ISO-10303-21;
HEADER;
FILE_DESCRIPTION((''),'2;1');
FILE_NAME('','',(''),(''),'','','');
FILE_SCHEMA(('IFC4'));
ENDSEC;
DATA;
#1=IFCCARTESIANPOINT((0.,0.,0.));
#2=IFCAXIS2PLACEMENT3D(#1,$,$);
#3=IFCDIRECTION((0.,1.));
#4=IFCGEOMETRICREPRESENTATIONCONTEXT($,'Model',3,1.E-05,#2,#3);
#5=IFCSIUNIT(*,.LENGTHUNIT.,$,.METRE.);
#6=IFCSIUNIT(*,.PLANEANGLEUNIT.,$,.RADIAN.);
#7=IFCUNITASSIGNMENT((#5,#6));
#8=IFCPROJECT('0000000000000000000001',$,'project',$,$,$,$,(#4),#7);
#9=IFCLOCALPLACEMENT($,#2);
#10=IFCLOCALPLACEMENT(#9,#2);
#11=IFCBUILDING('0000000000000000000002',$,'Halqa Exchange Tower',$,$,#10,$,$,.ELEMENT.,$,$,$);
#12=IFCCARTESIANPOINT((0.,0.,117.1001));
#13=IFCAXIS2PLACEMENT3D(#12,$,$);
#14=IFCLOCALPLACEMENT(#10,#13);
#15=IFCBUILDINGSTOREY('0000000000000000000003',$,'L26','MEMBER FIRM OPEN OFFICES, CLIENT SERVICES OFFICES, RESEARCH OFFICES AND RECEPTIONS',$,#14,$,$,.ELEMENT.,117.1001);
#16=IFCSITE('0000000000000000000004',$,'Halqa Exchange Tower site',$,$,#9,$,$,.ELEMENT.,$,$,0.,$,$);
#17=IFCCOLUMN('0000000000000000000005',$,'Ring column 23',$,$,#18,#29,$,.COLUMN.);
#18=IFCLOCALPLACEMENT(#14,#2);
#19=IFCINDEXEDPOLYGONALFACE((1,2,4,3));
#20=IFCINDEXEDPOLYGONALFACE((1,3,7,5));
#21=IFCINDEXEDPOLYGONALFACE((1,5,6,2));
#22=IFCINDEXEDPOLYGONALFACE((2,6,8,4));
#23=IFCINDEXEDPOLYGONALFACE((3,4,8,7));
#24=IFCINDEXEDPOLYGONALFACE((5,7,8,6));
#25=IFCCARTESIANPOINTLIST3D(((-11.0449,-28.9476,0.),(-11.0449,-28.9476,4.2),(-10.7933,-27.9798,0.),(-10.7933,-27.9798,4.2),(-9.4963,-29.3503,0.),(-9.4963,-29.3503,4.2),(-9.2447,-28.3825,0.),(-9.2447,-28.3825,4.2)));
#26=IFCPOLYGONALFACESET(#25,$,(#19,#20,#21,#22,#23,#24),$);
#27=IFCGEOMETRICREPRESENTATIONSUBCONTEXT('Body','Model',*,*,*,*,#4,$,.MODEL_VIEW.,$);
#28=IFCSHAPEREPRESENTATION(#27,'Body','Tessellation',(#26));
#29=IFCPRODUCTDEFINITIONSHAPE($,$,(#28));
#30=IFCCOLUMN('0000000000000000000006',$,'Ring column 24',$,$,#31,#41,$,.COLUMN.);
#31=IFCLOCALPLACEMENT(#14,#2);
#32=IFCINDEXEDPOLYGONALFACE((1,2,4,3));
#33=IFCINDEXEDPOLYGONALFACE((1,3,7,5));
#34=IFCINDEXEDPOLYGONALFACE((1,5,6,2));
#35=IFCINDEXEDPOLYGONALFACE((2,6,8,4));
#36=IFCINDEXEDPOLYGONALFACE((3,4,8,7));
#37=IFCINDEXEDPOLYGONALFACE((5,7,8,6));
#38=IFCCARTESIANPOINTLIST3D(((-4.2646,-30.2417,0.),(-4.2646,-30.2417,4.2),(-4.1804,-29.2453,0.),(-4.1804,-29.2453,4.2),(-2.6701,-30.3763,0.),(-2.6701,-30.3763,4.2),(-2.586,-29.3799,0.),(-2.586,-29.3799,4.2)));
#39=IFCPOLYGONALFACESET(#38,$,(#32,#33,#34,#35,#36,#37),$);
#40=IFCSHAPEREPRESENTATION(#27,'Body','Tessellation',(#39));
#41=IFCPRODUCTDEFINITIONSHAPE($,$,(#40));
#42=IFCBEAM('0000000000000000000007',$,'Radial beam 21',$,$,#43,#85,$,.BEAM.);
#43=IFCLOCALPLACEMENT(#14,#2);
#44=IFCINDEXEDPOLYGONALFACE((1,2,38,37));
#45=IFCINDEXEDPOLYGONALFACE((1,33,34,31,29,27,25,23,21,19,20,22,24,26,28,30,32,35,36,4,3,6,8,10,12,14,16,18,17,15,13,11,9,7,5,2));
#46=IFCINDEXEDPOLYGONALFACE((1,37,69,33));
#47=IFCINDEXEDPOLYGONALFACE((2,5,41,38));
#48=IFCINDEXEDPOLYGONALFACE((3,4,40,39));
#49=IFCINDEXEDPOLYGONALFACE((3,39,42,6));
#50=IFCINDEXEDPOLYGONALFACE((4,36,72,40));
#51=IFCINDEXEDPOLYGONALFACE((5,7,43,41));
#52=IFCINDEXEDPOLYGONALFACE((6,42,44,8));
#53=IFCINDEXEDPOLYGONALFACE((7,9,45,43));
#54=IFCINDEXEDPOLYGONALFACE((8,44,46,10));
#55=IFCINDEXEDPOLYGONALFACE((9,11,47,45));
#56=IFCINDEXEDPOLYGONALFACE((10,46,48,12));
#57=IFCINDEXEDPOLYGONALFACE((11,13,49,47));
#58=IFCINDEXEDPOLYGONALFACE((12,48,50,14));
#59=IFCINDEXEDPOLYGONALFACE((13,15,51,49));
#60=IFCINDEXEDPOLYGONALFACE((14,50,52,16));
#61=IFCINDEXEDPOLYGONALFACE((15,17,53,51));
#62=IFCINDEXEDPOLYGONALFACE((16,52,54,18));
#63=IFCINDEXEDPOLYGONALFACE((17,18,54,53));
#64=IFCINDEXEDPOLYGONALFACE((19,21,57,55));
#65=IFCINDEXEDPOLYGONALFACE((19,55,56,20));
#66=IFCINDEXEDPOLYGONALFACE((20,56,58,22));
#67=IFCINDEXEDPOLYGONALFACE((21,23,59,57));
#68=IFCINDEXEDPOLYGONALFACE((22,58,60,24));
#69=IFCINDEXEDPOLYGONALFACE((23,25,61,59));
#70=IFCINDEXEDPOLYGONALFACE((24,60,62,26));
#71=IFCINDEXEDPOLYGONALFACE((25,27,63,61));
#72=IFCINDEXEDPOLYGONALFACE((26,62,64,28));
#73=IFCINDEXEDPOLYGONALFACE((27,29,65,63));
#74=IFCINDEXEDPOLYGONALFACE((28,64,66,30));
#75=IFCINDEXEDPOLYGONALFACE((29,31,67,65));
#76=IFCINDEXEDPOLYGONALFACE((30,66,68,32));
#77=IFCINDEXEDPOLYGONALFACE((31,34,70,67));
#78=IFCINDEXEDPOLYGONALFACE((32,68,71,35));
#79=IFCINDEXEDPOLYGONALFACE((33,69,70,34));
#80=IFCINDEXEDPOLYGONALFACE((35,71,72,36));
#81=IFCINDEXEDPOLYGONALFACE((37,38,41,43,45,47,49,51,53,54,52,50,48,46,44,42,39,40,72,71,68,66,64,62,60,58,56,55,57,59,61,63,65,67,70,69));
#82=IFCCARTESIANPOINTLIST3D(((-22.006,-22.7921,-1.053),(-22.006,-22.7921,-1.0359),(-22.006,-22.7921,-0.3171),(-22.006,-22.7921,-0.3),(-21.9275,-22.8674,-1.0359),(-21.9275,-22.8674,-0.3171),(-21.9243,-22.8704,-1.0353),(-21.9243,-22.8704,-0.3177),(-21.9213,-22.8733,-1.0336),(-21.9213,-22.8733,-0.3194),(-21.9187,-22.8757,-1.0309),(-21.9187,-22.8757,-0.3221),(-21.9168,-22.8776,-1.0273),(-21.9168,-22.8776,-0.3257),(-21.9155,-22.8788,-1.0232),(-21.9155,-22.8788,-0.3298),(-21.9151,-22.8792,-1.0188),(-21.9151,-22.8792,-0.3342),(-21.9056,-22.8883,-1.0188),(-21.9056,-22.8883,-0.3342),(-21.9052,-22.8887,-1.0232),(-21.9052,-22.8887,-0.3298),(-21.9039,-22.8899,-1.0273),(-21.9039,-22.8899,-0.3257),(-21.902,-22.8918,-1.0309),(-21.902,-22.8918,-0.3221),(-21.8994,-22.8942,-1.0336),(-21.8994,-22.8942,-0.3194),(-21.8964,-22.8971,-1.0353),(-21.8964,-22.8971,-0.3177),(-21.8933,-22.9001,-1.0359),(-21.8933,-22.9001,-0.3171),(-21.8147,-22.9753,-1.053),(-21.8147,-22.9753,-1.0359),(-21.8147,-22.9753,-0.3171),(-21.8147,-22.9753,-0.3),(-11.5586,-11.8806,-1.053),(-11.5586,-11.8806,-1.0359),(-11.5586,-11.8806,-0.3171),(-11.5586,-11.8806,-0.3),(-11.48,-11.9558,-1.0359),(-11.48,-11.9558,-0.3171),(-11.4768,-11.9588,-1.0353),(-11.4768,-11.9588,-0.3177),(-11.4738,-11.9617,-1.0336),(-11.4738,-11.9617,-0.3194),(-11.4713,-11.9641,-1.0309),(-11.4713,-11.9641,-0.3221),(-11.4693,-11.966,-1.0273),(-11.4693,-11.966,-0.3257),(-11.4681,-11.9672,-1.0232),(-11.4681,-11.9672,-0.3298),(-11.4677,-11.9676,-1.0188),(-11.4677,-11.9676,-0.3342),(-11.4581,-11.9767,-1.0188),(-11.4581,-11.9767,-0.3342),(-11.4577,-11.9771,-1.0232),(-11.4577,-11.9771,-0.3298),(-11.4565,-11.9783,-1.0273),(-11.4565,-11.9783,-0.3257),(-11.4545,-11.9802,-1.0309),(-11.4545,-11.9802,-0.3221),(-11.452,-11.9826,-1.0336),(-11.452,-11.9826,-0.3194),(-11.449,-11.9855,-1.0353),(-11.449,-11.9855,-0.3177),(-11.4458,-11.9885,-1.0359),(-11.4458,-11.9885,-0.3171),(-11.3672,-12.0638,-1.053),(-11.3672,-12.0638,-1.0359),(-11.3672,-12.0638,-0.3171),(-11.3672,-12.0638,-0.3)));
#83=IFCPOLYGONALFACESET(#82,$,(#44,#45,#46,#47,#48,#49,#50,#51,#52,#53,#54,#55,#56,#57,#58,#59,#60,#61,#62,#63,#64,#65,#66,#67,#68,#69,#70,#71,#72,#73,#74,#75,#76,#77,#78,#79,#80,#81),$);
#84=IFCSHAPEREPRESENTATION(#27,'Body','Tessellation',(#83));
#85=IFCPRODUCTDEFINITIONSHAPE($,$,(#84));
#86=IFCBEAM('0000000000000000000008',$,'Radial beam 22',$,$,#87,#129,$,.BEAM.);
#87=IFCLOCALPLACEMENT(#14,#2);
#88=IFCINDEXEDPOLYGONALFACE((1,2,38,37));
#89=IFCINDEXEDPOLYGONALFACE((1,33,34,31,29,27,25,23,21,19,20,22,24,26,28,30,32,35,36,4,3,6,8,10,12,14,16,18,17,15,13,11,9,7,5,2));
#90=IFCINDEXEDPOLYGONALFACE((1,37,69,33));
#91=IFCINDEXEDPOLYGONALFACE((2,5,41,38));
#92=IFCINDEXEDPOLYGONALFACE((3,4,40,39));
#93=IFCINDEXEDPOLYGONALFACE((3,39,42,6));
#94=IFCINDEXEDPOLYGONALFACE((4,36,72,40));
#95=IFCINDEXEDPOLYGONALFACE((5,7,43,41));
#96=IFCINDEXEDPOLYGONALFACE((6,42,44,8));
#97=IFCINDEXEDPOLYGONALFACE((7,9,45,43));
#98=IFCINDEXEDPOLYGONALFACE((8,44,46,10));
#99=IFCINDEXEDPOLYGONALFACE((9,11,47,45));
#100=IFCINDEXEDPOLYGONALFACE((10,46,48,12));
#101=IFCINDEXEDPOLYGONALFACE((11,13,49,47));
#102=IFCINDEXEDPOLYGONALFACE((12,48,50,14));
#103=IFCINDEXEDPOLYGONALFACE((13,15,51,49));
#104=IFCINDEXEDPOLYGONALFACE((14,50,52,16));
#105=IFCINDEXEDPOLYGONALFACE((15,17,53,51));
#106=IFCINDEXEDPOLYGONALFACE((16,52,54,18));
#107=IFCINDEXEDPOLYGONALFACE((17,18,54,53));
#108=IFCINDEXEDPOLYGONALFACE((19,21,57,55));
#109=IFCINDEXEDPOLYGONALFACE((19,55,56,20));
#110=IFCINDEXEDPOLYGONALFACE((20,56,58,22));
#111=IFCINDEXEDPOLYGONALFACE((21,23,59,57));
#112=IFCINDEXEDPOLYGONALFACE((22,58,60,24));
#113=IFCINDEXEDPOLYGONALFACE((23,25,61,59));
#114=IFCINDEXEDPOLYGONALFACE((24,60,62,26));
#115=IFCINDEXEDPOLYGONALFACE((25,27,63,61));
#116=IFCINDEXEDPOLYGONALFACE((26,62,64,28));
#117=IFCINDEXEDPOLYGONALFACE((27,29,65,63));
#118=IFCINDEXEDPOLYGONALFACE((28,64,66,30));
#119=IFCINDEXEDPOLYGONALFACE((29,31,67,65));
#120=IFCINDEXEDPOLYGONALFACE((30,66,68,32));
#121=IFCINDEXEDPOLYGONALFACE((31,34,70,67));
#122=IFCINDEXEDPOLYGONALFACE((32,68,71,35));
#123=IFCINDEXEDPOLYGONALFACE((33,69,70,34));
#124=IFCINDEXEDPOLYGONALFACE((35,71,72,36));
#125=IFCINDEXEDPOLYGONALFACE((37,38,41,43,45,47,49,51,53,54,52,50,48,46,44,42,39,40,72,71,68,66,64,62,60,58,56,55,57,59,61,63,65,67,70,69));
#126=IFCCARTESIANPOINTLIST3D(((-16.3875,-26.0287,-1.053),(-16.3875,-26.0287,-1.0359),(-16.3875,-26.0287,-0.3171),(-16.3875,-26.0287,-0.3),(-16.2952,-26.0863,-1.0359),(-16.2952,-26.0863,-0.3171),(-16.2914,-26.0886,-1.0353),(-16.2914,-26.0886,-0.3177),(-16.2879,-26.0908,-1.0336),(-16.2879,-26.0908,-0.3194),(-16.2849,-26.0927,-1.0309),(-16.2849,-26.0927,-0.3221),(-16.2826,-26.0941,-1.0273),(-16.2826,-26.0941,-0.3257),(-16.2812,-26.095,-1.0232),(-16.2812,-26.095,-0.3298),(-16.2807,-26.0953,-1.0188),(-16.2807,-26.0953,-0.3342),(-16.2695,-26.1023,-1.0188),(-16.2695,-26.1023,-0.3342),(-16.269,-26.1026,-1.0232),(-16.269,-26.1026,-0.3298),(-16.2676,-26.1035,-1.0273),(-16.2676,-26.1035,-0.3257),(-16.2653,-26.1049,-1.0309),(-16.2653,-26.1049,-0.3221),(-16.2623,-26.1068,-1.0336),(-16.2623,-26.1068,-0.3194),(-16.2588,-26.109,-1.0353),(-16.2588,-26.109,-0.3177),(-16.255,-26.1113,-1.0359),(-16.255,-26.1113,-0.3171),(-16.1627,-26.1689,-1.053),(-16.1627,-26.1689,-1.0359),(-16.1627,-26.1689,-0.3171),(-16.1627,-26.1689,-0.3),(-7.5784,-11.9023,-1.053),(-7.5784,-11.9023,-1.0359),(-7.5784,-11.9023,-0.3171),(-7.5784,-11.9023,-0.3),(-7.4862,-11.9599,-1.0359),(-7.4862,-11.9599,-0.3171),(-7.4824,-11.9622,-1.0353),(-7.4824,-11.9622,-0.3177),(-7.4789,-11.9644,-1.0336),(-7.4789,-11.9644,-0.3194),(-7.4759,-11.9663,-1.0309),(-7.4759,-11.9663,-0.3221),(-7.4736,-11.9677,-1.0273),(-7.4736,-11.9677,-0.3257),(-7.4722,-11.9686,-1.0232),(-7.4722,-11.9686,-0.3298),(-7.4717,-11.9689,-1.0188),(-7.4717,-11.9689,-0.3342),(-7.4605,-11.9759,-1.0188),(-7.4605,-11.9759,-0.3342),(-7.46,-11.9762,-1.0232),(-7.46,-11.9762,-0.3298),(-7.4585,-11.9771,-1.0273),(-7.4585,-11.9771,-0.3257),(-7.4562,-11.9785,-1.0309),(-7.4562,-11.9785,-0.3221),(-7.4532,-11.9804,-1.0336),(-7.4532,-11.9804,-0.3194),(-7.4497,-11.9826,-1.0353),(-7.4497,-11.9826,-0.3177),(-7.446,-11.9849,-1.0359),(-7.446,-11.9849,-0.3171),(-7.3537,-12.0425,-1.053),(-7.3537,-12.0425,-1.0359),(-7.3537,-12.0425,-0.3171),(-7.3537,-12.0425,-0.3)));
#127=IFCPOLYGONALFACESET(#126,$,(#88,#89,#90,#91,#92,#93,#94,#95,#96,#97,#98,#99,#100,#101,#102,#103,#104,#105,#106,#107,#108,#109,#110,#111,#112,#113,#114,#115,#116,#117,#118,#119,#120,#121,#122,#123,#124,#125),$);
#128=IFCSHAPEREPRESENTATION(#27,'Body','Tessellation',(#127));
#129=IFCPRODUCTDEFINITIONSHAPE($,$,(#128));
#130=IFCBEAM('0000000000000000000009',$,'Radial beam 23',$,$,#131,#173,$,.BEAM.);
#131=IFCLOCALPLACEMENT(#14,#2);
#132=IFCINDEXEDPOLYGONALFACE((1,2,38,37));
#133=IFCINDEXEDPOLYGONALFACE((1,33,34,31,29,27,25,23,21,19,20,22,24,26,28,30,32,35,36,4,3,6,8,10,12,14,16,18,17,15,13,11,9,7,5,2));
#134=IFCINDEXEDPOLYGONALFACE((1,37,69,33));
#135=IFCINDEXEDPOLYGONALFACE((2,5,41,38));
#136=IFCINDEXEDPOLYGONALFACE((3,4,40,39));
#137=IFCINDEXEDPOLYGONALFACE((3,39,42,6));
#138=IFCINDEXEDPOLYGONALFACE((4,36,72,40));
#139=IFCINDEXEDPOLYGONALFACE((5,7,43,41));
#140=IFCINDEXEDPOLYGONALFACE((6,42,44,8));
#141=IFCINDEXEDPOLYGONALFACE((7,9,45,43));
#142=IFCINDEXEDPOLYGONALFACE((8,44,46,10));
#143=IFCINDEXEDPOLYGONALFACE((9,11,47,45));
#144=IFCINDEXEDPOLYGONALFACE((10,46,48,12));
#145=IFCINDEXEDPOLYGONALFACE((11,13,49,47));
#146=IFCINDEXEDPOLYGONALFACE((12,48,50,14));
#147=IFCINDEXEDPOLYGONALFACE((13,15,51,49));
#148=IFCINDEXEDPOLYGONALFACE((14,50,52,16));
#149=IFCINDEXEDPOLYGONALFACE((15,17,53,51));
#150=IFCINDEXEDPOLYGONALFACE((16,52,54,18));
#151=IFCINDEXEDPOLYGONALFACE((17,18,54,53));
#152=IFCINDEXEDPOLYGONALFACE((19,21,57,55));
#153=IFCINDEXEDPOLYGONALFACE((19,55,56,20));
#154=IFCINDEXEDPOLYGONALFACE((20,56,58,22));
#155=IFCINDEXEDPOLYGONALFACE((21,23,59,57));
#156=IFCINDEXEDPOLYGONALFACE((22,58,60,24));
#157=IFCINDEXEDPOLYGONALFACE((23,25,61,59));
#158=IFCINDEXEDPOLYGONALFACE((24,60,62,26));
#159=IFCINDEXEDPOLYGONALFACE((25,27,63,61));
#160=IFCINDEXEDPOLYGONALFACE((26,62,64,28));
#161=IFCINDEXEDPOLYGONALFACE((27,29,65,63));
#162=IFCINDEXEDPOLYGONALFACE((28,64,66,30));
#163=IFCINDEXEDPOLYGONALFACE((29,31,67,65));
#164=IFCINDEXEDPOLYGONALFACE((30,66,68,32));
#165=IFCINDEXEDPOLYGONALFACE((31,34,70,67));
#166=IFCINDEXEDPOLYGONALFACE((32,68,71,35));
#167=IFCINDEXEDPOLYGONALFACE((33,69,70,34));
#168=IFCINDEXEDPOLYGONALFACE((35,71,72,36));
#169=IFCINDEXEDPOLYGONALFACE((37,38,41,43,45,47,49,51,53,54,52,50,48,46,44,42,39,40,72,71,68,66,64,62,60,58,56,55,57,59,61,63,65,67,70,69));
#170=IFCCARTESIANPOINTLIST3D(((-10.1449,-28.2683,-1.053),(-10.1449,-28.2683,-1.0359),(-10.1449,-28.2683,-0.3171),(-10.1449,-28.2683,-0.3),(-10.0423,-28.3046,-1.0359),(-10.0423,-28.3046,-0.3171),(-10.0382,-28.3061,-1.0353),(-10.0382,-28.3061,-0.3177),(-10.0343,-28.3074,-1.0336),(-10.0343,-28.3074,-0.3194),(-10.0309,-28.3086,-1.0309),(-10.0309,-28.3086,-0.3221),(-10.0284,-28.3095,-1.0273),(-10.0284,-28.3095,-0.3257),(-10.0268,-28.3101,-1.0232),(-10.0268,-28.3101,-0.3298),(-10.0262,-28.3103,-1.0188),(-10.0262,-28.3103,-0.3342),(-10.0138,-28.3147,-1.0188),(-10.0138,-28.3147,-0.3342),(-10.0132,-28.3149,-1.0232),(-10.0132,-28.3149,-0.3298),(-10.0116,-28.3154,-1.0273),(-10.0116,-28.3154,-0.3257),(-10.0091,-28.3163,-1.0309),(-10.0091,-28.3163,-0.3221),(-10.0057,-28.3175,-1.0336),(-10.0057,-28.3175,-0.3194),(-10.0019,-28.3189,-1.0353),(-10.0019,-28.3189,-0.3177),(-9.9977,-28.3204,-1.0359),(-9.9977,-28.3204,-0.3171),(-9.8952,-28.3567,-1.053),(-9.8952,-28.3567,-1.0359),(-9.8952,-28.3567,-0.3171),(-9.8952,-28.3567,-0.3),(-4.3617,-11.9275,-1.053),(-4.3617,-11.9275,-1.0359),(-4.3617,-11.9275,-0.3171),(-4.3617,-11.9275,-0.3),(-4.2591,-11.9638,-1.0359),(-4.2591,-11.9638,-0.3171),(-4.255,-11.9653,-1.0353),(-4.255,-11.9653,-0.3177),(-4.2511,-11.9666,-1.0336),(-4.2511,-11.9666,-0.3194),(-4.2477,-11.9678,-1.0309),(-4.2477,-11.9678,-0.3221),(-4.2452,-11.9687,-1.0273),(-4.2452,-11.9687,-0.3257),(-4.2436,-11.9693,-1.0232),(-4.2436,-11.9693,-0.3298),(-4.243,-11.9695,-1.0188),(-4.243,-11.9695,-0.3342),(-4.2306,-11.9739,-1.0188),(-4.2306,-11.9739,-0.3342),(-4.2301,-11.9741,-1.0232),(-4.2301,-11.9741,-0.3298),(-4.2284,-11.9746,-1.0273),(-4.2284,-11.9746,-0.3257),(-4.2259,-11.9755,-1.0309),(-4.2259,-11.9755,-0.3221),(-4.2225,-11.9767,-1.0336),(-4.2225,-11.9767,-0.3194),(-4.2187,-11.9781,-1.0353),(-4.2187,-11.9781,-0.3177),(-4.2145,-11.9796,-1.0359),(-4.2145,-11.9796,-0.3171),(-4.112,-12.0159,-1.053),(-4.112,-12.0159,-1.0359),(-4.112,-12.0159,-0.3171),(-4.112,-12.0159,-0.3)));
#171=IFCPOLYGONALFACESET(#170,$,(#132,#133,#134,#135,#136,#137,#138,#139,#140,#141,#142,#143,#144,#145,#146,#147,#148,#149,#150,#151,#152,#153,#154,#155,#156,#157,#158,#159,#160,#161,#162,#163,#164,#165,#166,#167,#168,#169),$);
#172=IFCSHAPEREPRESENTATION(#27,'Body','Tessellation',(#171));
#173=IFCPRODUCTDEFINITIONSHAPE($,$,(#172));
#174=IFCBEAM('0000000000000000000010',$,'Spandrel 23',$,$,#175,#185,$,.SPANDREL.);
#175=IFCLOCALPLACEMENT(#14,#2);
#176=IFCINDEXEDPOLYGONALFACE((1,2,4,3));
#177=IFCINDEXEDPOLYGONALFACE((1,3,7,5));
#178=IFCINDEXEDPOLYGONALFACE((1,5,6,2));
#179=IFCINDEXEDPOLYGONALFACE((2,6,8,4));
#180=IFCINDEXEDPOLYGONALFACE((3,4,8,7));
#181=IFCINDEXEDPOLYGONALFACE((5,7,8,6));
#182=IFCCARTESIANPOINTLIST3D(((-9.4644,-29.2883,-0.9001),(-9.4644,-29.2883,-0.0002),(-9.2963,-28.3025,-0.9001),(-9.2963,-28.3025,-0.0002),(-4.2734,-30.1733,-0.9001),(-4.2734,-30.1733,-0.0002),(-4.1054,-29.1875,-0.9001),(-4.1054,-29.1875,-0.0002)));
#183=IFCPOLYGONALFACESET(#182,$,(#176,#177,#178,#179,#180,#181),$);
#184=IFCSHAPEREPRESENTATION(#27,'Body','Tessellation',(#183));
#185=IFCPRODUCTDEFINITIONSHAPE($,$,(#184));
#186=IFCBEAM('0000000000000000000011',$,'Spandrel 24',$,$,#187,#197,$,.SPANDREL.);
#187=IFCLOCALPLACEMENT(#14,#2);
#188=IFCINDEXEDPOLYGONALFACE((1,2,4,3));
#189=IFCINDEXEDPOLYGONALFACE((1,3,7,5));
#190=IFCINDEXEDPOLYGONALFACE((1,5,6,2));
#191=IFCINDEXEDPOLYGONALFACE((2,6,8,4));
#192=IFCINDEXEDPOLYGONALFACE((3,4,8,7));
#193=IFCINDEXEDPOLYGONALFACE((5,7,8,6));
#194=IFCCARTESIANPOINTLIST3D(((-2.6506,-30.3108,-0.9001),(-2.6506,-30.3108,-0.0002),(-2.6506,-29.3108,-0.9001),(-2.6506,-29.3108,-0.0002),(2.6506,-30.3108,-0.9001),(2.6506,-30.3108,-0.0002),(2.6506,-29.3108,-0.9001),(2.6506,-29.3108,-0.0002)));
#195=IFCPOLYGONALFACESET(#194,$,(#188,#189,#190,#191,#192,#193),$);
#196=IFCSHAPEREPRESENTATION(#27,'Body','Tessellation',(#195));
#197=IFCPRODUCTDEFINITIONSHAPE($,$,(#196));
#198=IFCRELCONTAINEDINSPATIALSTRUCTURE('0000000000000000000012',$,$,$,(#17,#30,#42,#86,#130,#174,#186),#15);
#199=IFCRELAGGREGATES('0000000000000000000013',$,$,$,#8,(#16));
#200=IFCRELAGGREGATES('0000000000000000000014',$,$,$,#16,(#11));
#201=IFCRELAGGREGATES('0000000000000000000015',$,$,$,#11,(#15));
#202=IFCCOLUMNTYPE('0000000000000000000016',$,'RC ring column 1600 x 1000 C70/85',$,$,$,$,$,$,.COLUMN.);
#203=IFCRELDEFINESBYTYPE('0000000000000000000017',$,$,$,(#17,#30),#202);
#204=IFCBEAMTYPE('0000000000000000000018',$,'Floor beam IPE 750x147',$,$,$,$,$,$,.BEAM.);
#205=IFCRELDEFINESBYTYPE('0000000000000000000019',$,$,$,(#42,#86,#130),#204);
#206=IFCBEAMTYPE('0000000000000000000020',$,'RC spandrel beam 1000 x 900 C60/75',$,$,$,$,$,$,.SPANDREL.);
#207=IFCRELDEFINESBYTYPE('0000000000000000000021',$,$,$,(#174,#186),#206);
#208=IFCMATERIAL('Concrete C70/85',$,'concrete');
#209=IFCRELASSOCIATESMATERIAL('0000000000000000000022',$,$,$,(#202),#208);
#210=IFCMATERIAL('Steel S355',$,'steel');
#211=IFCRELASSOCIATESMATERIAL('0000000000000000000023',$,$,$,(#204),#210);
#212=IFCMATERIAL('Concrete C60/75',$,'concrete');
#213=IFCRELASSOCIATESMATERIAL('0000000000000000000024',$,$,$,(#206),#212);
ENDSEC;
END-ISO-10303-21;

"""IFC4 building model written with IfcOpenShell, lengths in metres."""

from ifc_helpers import new_model, si_unit, direction, frame, origin, origin_2d, place, context, subcontext, project, spatial, rectangle, i_section, extrude, material, material_profile, profile_set, type_object, element, save


model = new_model("IFC4")

# Units and contexts
model_context = context("Model", 3, precision=1e-05, world=origin(), true_north=direction((0.0, 1.0)))
body_context = subcontext(model_context, "Body", "Model", "MODEL_VIEW")
ifc_project = project(units=[si_unit("LENGTHUNIT", "METRE"), si_unit("PLANEANGLEUNIT", "RADIAN")], contexts=[model_context])

# Site, building, storey
site_placement = place(None, origin())
site = spatial("IfcSite", under=ifc_project, at=site_placement, Name="Halqa Exchange Tower site", CompositionType="ELEMENT", RefElevation=0.0)
building_placement = place(site_placement, origin())
building = spatial("IfcBuilding", under=site, at=building_placement, Name="Halqa Exchange Tower", CompositionType="ELEMENT")
storey_placement = place(building_placement, frame((0.0, 0.0, 117.1001)))
storey = spatial("IfcBuildingStorey", under=building, at=storey_placement, Name="L26", Description="MEMBER FIRM OPEN OFFICES, CLIENT SERVICES OFFICES, RESEARCH OFFICES AND RECEPTIONS", CompositionType="ELEMENT", Elevation=117.1001)

# Columns
ifc_material_1 = material(Name="Concrete C70/85", Category="concrete")
ifc_material_profile_1 = material_profile(ifc_material_1, rectangle(XDim=1.6001, YDim=1.0, at=origin_2d()), Name="1600 x 1000")
ifc_profile_set_1 = profile_set([ifc_material_profile_1], Name="Concrete C70/85")
column_type = type_object("IfcColumnType", Name="RC ring column 1600 x 1000 C70/85", PredefinedType="COLUMN", material=ifc_profile_set_1)
for number, where, z_axis, x_axis, name in (
    (1, (-10.1448, -28.665, 0.0), (0.0, 0.0, 1.0), (0.96782, -0.251644, 0.0), "Ring column 23"),
    (2, (-3.4253, -29.8108, 0.0), (0.0, 0.0, 1.0), (0.996456, -0.084121, 0.0), "Ring column 24"),
):
    element("IfcColumn", number, at=place(storey_placement, frame(where, z_axis=z_axis, x_axis=x_axis)), inside=storey, type_object=column_type, Name=name, PredefinedType="COLUMN", context=body_context, shape_type="SweptSolid", body=[
        extrude(rectangle(XDim=1.6001, YDim=1.0, at=origin_2d()), origin(), (0.0, 0.0, 1.0), 4.2),
    ])

# Beams
ifc_material_2 = material(Name="Steel S355", Category="steel")
ifc_material_profile_2 = material_profile(ifc_material_2, i_section(OverallWidth=0.2649, OverallDepth=0.7529, WebThickness=0.0132, FlangeThickness=0.0171, FilletRadius=0.0171, at=origin_2d()), Name="IPE 750x147")
ifc_profile_set_2 = profile_set([ifc_material_profile_2], Name="Steel S355")
beam_type_1 = type_object("IfcBeamType", Name="Floor beam IPE 750x147", PredefinedType="BEAM", material=ifc_profile_set_2)
beam_1_placement = place(storey_placement, frame((-11.4629, -11.9722, -0.6765), z_axis=(-0.691579, -0.722301, 0.0), x_axis=(0.722301, -0.691579, 0.0)))
element("IfcBeam", 3, at=beam_1_placement, inside=storey, type_object=beam_type_1, Name="Radial beam 21", PredefinedType="BEAM", context=body_context, shape_type="SweptSolid", body=[
    extrude(i_section(OverallWidth=0.2649, OverallDepth=0.7529, WebThickness=0.0132, FlangeThickness=0.0171, FilletRadius=0.0171, at=origin_2d()), origin(), (0.0, 0.0, 1.0), 15.1067),
])
beam_2_placement = place(storey_placement, frame((-7.4661, -11.9724, -0.6765), z_axis=(-0.529137, -0.848537, 0.0), x_axis=(0.848537, -0.529137, 0.0)))
element("IfcBeam", 4, at=beam_2_placement, inside=storey, type_object=beam_type_1, Name="Radial beam 22", PredefinedType="BEAM", context=body_context, shape_type="SweptSolid", body=[
    extrude(i_section(OverallWidth=0.2649, OverallDepth=0.7529, WebThickness=0.0132, FlangeThickness=0.0171, FilletRadius=0.0171, at=origin_2d()), origin(), (0.0, 0.0, 1.0), 16.6479),
])
beam_3_placement = place(storey_placement, frame((-4.2368, -11.9717, -0.6765), z_axis=(-0.333633, -0.942703, 0.0), x_axis=(0.942703, -0.333633, 0.0)))
element("IfcBeam", 5, at=beam_3_placement, inside=storey, type_object=beam_type_1, Name="Radial beam 23", PredefinedType="BEAM", context=body_context, shape_type="SweptSolid", body=[
    extrude(i_section(OverallWidth=0.2649, OverallDepth=0.7529, WebThickness=0.0132, FlangeThickness=0.0171, FilletRadius=0.0171, at=origin_2d()), origin(), (0.0, 0.0, 1.0), 17.334),
])
ifc_material_3 = material(Name="Concrete C60/75", Category="concrete")
ifc_material_profile_3 = material_profile(ifc_material_3, rectangle(XDim=1.0, YDim=0.8999, at=origin_2d()), Name="1000 x 900")
ifc_profile_set_3 = profile_set([ifc_material_profile_3], Name="Concrete C60/75")
beam_type_2 = type_object("IfcBeamType", Name="RC spandrel beam 1000 x 900 C60/75", PredefinedType="SPANDREL", material=ifc_profile_set_3)
beam_4_placement = place(storey_placement, frame((-9.3804, -28.7954, -0.4502), z_axis=(0.985776, -0.168067, 0.0), x_axis=(0.168067, 0.985776, 0.0)))
element("IfcBeam", 6, at=beam_4_placement, inside=storey, type_object=beam_type_2, Name="Spandrel 23", PredefinedType="SPANDREL", context=body_context, shape_type="SweptSolid", body=[
    extrude(rectangle(XDim=1.0, YDim=0.8999, at=origin_2d()), origin(), (0.0, 0.0, 1.0), 5.2659),
])
beam_5_placement = place(storey_placement, frame((-2.6506, -29.8108, -0.4502), z_axis=(1.0, 0.0, 0.0), x_axis=(0.0, 1.0, 0.0)))
element("IfcBeam", 7, at=beam_5_placement, inside=storey, type_object=beam_type_2, Name="Spandrel 24", PredefinedType="SPANDREL", context=body_context, shape_type="SweptSolid", body=[
    extrude(rectangle(XDim=1.0, YDim=0.8999, at=origin_2d()), origin(), (0.0, 0.0, 1.0), 5.3013),
])

save(model, "model.ifc")
